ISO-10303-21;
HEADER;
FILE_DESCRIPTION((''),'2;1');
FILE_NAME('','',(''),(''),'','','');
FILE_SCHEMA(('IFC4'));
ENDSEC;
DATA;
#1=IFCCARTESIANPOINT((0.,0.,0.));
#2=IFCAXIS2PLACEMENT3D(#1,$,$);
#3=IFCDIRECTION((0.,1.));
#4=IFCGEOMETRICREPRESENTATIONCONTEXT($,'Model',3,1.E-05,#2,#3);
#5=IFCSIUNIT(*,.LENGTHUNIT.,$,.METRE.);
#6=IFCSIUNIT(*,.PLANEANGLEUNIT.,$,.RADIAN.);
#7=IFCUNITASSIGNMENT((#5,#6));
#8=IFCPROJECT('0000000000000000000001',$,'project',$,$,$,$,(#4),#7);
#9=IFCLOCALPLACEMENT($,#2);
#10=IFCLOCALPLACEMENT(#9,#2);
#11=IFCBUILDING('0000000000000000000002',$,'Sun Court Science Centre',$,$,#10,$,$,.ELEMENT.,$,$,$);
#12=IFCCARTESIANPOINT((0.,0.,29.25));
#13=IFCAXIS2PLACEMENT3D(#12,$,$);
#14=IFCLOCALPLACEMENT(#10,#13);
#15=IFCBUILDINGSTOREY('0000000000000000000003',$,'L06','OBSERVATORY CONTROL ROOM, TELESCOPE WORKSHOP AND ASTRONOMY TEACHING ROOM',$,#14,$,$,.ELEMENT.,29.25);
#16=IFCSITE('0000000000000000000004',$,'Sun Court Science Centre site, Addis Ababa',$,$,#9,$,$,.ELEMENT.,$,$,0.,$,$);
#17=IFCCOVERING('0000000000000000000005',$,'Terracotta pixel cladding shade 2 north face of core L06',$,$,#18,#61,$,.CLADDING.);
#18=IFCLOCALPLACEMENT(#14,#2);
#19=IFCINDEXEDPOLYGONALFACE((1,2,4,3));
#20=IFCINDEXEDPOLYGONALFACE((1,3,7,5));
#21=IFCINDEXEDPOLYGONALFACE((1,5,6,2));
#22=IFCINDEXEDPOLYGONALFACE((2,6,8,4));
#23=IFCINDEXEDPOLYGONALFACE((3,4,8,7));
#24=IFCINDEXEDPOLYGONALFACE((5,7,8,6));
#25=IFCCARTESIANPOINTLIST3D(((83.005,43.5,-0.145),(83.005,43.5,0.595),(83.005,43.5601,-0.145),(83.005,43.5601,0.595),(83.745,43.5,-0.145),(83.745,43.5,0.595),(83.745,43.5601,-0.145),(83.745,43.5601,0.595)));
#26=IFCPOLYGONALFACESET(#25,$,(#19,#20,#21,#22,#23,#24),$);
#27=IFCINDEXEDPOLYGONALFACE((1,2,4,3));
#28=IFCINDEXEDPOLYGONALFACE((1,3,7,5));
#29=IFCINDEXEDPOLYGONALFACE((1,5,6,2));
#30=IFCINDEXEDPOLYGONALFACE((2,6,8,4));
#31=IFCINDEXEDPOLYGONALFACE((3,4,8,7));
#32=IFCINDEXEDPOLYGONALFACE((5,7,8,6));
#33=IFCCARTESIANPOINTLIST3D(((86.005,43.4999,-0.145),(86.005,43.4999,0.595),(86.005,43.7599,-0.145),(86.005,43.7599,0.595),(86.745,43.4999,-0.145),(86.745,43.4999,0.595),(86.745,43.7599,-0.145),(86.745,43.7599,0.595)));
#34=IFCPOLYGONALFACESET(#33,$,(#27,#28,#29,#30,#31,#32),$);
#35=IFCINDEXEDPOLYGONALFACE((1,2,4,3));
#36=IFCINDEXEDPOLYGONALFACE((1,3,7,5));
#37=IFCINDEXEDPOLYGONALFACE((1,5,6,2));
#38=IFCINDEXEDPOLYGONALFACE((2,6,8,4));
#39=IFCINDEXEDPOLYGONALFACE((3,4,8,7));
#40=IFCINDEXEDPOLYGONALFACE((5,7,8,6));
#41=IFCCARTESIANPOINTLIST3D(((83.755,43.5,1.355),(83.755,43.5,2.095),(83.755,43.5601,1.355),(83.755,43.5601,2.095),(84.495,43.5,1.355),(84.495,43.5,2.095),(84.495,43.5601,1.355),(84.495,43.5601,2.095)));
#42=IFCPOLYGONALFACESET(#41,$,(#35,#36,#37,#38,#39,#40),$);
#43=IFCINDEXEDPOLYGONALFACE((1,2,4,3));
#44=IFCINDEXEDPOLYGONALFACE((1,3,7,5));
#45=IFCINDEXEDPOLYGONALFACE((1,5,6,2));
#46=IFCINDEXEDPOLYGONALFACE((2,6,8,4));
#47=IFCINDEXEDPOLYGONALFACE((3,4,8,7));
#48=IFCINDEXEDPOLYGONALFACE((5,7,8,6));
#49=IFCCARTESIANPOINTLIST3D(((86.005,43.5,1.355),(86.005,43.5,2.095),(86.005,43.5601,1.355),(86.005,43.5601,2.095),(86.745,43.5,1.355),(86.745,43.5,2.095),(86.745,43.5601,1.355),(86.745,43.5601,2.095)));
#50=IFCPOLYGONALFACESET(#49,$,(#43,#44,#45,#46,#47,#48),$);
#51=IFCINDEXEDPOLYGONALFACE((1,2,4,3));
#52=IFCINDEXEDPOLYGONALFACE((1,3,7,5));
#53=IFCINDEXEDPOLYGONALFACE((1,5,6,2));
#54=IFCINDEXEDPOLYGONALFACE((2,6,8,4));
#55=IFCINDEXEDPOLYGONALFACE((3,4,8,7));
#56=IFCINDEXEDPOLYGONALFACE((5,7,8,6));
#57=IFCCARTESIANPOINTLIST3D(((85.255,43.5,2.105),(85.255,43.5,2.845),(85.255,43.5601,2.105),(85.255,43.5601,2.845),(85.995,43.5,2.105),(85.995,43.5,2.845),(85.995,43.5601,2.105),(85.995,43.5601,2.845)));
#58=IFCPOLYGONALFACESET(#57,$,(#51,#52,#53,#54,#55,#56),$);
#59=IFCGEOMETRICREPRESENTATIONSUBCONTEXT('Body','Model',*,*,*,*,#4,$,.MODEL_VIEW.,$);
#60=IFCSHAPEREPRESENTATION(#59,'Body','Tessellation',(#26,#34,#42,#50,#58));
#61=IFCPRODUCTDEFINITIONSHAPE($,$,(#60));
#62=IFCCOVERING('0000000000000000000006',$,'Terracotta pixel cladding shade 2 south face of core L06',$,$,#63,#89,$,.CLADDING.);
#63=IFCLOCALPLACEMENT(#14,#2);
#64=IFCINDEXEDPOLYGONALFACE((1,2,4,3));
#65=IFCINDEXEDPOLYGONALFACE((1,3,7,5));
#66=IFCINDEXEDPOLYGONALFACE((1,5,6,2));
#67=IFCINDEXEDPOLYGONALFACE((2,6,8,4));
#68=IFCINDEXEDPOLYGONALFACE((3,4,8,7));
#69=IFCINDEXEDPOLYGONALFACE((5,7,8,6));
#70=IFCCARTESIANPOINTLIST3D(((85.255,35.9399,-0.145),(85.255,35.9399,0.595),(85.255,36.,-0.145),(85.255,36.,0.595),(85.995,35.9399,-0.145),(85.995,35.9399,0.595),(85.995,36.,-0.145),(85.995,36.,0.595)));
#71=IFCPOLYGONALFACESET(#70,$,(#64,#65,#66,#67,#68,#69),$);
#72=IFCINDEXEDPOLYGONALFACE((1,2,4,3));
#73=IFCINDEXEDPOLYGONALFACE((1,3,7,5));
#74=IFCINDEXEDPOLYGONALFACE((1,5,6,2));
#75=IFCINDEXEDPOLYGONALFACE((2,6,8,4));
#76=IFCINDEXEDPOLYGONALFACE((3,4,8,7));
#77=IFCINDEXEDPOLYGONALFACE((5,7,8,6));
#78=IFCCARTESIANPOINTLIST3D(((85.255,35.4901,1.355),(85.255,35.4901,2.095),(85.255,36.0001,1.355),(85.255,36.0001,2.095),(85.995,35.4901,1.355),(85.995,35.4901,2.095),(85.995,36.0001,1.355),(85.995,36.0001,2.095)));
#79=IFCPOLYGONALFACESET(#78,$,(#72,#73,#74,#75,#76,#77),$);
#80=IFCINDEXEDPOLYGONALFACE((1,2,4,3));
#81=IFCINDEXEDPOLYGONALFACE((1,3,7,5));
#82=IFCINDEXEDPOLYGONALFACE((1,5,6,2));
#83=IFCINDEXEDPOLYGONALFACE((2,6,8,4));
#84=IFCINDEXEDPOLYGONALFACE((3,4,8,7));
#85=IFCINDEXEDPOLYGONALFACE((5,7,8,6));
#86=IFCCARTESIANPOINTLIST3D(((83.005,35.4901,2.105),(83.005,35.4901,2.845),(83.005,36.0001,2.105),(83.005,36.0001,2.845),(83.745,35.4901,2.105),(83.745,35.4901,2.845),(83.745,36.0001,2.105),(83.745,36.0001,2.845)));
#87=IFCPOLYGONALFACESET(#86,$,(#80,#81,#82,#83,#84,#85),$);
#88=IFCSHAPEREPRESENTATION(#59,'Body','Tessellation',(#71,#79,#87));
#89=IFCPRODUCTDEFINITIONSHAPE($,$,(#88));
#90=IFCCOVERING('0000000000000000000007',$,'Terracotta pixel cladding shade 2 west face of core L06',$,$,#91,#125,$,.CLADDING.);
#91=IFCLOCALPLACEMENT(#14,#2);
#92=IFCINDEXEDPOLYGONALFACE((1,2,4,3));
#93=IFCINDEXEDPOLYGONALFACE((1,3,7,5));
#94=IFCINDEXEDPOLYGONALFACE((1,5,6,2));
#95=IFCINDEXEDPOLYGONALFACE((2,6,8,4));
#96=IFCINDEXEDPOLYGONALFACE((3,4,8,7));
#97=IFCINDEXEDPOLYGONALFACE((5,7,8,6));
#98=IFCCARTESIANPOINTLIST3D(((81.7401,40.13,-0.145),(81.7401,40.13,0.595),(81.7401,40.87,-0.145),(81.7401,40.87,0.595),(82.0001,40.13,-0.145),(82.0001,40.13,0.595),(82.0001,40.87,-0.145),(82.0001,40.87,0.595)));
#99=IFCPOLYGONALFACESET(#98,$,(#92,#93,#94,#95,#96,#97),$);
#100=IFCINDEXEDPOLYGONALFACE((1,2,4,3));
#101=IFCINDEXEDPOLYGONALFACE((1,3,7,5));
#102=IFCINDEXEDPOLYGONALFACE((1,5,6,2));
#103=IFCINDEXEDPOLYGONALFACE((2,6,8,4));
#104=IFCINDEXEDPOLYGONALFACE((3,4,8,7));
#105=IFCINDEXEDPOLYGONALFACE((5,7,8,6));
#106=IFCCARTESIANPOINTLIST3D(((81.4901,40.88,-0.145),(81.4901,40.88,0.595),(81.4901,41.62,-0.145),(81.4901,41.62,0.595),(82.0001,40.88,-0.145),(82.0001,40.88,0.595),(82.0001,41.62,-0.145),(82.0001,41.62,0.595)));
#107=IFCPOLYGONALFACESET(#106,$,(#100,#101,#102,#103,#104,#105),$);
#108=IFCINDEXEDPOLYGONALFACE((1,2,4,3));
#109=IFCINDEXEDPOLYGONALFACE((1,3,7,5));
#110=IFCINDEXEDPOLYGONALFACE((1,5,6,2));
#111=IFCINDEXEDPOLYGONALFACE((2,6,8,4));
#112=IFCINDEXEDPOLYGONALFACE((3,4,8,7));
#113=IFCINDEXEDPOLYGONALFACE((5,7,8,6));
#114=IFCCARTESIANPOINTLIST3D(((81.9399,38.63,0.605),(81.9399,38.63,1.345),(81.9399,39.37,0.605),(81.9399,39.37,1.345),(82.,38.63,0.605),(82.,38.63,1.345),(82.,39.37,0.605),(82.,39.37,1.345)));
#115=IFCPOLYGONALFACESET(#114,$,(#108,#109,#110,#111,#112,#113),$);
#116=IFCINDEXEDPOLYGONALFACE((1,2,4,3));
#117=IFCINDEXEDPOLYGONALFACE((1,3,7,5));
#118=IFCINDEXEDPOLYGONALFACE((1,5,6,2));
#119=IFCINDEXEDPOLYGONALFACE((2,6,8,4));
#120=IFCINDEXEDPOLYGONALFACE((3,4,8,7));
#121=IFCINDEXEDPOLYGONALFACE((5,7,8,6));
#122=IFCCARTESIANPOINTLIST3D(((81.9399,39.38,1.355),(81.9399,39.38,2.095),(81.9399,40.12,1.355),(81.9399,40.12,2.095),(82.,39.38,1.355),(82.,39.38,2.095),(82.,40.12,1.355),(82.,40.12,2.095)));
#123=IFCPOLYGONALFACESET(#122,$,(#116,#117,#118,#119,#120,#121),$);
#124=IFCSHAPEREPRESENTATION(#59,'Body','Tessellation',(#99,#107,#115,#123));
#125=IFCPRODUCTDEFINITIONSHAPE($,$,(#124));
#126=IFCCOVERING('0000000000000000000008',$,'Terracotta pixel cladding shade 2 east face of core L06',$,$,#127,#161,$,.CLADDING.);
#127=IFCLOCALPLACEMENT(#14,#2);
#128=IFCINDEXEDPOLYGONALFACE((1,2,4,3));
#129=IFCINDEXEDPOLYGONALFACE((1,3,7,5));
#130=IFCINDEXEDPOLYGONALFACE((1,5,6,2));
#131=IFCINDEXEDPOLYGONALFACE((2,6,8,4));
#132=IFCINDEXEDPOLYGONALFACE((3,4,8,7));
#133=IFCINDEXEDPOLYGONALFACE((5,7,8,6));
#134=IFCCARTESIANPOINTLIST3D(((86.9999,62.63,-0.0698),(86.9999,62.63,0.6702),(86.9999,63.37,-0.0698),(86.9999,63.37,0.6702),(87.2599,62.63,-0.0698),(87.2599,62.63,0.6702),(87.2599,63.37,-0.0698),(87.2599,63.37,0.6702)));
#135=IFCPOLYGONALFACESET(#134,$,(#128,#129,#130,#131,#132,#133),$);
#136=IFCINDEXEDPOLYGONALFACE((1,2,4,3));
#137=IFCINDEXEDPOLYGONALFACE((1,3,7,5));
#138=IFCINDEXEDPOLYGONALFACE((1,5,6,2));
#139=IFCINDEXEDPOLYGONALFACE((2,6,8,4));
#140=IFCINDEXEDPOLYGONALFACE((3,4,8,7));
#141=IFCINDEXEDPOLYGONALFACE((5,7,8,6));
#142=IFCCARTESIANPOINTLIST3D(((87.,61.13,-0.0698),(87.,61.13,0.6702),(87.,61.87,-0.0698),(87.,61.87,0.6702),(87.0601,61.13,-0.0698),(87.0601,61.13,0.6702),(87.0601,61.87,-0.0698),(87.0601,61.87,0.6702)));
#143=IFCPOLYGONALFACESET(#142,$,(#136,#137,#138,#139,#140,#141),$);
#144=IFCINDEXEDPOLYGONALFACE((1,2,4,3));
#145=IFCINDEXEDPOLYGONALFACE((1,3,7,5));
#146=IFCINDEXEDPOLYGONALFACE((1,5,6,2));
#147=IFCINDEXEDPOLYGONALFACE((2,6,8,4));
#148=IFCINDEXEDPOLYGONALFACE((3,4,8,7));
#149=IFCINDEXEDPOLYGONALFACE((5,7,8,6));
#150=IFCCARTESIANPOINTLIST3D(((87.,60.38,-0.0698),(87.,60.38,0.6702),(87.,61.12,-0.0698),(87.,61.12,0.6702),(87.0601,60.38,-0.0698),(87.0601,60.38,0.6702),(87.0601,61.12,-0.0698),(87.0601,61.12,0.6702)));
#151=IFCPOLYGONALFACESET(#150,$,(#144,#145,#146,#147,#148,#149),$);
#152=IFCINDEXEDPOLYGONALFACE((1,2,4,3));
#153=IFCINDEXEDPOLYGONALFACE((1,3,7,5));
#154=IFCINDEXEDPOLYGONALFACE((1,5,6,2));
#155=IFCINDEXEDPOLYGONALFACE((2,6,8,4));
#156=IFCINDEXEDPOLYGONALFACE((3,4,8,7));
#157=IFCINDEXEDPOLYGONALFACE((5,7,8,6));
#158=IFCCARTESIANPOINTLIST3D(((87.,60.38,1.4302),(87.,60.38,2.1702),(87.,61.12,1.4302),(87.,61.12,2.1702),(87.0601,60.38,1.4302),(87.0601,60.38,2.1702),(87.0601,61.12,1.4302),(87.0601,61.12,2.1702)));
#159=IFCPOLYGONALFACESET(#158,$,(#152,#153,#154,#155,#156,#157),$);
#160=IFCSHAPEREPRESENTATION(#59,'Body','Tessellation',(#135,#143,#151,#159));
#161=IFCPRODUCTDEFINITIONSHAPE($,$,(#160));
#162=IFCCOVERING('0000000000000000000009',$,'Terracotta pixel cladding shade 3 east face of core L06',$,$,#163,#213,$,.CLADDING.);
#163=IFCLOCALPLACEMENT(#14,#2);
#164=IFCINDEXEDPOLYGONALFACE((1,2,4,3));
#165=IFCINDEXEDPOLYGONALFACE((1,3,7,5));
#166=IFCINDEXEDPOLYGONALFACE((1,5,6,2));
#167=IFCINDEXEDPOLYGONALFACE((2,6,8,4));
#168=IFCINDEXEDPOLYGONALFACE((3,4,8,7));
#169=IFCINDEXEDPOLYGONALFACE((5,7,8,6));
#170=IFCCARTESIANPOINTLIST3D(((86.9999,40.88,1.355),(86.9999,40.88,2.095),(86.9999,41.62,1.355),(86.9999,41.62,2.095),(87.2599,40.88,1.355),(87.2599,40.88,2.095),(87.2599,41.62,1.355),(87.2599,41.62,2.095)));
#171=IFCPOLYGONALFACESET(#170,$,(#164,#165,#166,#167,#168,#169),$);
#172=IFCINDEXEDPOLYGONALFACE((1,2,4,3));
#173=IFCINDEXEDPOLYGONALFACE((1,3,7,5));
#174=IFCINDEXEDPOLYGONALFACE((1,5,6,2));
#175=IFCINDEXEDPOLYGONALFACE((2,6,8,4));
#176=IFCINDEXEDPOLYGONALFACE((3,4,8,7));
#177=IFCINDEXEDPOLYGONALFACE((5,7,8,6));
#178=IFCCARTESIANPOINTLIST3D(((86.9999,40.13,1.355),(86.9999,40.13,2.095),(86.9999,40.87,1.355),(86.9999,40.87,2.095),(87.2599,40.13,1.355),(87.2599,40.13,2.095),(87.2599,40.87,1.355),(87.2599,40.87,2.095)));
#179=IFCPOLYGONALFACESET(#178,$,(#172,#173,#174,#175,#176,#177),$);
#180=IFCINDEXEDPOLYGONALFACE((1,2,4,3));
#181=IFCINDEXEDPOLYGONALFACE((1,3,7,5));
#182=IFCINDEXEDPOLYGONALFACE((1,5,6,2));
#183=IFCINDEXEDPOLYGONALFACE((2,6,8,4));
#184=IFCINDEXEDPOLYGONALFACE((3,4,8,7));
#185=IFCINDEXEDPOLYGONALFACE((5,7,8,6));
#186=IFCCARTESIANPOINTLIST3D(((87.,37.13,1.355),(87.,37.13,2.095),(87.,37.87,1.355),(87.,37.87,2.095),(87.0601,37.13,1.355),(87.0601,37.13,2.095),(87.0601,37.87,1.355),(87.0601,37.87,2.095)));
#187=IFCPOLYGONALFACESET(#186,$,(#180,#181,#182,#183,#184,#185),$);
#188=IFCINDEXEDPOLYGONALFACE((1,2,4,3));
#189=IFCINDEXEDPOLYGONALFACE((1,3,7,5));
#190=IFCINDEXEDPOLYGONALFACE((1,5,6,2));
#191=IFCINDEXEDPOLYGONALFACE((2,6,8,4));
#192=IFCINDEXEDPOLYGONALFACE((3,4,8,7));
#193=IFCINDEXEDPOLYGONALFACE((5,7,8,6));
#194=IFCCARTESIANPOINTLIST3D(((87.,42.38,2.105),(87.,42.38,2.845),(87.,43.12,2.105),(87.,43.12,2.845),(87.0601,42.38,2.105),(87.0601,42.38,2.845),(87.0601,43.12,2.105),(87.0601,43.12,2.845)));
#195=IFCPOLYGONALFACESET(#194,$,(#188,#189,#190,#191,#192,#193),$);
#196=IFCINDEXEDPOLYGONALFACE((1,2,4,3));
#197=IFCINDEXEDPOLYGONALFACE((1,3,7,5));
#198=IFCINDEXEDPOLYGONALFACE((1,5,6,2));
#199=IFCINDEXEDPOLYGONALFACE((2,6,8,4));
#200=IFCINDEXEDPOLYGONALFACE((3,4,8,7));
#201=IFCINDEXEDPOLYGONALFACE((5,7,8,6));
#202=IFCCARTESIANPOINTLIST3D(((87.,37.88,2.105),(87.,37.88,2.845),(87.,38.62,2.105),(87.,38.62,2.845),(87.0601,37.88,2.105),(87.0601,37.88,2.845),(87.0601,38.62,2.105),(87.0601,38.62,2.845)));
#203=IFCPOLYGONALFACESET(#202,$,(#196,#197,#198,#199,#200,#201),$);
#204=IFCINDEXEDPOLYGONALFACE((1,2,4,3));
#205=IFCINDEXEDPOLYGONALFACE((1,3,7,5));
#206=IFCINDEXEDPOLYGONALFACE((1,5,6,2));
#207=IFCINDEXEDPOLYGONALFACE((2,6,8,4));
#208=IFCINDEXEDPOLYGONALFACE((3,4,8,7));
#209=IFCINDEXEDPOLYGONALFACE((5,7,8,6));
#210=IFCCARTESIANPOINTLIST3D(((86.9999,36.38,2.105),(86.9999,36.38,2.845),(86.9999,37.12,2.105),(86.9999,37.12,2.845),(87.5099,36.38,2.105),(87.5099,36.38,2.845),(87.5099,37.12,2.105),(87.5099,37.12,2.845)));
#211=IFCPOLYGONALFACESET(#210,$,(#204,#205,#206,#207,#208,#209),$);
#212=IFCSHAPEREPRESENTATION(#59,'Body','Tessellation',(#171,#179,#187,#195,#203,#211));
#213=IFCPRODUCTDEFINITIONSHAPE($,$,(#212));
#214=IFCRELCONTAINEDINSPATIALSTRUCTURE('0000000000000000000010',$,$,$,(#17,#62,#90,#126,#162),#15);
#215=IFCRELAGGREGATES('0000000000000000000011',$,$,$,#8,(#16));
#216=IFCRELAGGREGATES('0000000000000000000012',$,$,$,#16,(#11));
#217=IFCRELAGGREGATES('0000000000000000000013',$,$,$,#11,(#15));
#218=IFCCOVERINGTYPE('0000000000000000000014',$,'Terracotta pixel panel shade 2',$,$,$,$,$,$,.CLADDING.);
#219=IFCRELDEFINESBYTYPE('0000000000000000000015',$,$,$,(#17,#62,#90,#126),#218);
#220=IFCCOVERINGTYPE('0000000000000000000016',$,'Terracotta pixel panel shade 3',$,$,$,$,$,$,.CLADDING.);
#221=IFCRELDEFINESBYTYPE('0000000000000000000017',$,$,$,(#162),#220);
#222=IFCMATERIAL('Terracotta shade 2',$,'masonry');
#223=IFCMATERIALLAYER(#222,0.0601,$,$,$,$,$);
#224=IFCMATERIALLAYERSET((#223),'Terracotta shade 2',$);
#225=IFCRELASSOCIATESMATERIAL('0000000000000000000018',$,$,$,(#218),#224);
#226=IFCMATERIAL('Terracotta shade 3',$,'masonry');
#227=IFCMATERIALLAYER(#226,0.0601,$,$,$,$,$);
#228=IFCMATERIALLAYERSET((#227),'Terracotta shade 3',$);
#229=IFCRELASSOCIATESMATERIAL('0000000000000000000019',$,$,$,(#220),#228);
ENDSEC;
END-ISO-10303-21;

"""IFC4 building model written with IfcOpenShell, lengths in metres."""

from ifc_helpers import new_model, si_unit, direction, frame, origin, origin_2d, place, context, subcontext, project, spatial, rectangle, extrude, material, layer, layer_set, type_object, element, save


model = new_model("IFC4")

# Units and contexts
model_context = context("Model", 3, precision=1e-05, world=origin(), true_north=direction((0.0, 1.0)))
body_context = subcontext(model_context, "Body", "Model", "MODEL_VIEW")
ifc_project = project(units=[si_unit("LENGTHUNIT", "METRE"), si_unit("PLANEANGLEUNIT", "RADIAN")], contexts=[model_context])

# Site, building, storey
site_placement = place(None, origin())
site = spatial("IfcSite", under=ifc_project, at=site_placement, Name="Sun Court Science Centre site, Addis Ababa", CompositionType="ELEMENT", RefElevation=0.0)
building_placement = place(site_placement, origin())
building = spatial("IfcBuilding", under=site, at=building_placement, Name="Sun Court Science Centre", CompositionType="ELEMENT")
storey_placement = place(building_placement, frame((0.0, 0.0, 29.25)))
storey = spatial("IfcBuildingStorey", under=building, at=storey_placement, Name="L06", Description="OBSERVATORY CONTROL ROOM, TELESCOPE WORKSHOP AND ASTRONOMY TEACHING ROOM", CompositionType="ELEMENT", Elevation=29.25)

# Coverings
ifc_material_1 = material(Name="Terracotta shade 2", Category="masonry")
ifc_layer_1 = layer(ifc_material_1, 0.0601)
ifc_layer_set_1 = layer_set([ifc_layer_1], Name="Terracotta shade 2")
covering_type_1 = type_object("IfcCoveringType", Name="Terracotta pixel panel shade 2", PredefinedType="CLADDING", material=ifc_layer_set_1)
covering_1_placement = place(storey_placement, frame((0.0, 0.0, -29.25)))
element("IfcCovering", 1, at=covering_1_placement, inside=storey, type_object=covering_type_1, Name="Terracotta pixel cladding shade 2 north face of core L06", PredefinedType="CLADDING", context=body_context, shape_type="SweptSolid", body=[
    extrude(rectangle(XDim=0.74, YDim=0.0601, at=origin_2d()), frame((83.375, 43.53, 29.105), z_axis=(0.0, 0.0, 1.0), x_axis=(1.0, 0.0, 0.0)), (0.0, 0.0, 1.0), 0.74),
    extrude(rectangle(XDim=0.74, YDim=0.26, at=origin_2d()), frame((86.375, 43.6299, 29.105), z_axis=(0.0, 0.0, 1.0), x_axis=(1.0, 0.0, 0.0)), (0.0, 0.0, 1.0), 0.74),
    extrude(rectangle(XDim=0.74, YDim=0.0601, at=origin_2d()), frame((84.125, 43.53, 30.605), z_axis=(0.0, 0.0, 1.0), x_axis=(1.0, 0.0, 0.0)), (0.0, 0.0, 1.0), 0.74),
    extrude(rectangle(XDim=0.74, YDim=0.0601, at=origin_2d()), frame((86.375, 43.53, 30.605), z_axis=(0.0, 0.0, 1.0), x_axis=(1.0, 0.0, 0.0)), (0.0, 0.0, 1.0), 0.74),
    extrude(rectangle(XDim=0.74, YDim=0.0601, at=origin_2d()), frame((85.625, 43.53, 31.355), z_axis=(0.0, 0.0, 1.0), x_axis=(1.0, 0.0, 0.0)), (0.0, 0.0, 1.0), 0.74),
])
covering_2_placement = place(storey_placement, frame((0.0, 0.0, -29.25)))
element("IfcCovering", 2, at=covering_2_placement, inside=storey, type_object=covering_type_1, Name="Terracotta pixel cladding shade 2 south face of core L06", PredefinedType="CLADDING", context=body_context, shape_type="SweptSolid", body=[
    extrude(rectangle(XDim=0.74, YDim=0.0601, at=origin_2d()), frame((85.625, 35.97, 29.105), z_axis=(0.0, 0.0, 1.0), x_axis=(-1.0, 0.0, 0.0)), (0.0, 0.0, 1.0), 0.74),
    extrude(rectangle(XDim=0.74, YDim=0.51, at=origin_2d()), frame((85.625, 35.7451, 30.605), z_axis=(0.0, 0.0, 1.0), x_axis=(-1.0, 0.0, 0.0)), (0.0, 0.0, 1.0), 0.74),
    extrude(rectangle(XDim=0.74, YDim=0.51, at=origin_2d()), frame((83.375, 35.7451, 31.355), z_axis=(0.0, 0.0, 1.0), x_axis=(-1.0, 0.0, 0.0)), (0.0, 0.0, 1.0), 0.74),
])
covering_3_placement = place(storey_placement, frame((0.0, 0.0, -29.25)))
element("IfcCovering", 3, at=covering_3_placement, inside=storey, type_object=covering_type_1, Name="Terracotta pixel cladding shade 2 west face of core L06", PredefinedType="CLADDING", context=body_context, shape_type="SweptSolid", body=[
    extrude(rectangle(XDim=0.74, YDim=0.26, at=origin_2d()), frame((81.8701, 40.5, 29.105), z_axis=(0.0, 0.0, 1.0), x_axis=(0.0, 1.0, 0.0)), (0.0, 0.0, 1.0), 0.74),
    extrude(rectangle(XDim=0.74, YDim=0.51, at=origin_2d()), frame((81.7451, 41.25, 29.105), z_axis=(0.0, 0.0, 1.0), x_axis=(0.0, 1.0, 0.0)), (0.0, 0.0, 1.0), 0.74),
    extrude(rectangle(XDim=0.74, YDim=0.0601, at=origin_2d()), frame((81.97, 39.0, 29.855), z_axis=(0.0, 0.0, 1.0), x_axis=(0.0, 1.0, 0.0)), (0.0, 0.0, 1.0), 0.74),
    extrude(rectangle(XDim=0.74, YDim=0.0601, at=origin_2d()), frame((81.97, 39.75, 30.605), z_axis=(0.0, 0.0, 1.0), x_axis=(0.0, 1.0, 0.0)), (0.0, 0.0, 1.0), 0.74),
])
covering_4_placement = place(storey_placement, frame((0.0, 0.0, -29.25)))
element("IfcCovering", 4, at=covering_4_placement, inside=storey, type_object=covering_type_1, Name="Terracotta pixel cladding shade 2 east face of core L06", PredefinedType="CLADDING", context=body_context, shape_type="SweptSolid", body=[
    extrude(rectangle(XDim=0.74, YDim=0.26, at=origin_2d()), frame((87.1299, 63.0, 29.1802), z_axis=(0.0, 0.0, 1.0), x_axis=(0.0, -1.0, 0.0)), (0.0, 0.0, 1.0), 0.74),
    extrude(rectangle(XDim=0.74, YDim=0.0601, at=origin_2d()), frame((87.03, 61.5, 29.1802), z_axis=(0.0, 0.0, 1.0), x_axis=(0.0, -1.0, 0.0)), (0.0, 0.0, 1.0), 0.74),
    extrude(rectangle(XDim=0.74, YDim=0.0601, at=origin_2d()), frame((87.03, 60.75, 29.1802), z_axis=(0.0, 0.0, 1.0), x_axis=(0.0, -1.0, 0.0)), (0.0, 0.0, 1.0), 0.74),
    extrude(rectangle(XDim=0.74, YDim=0.0601, at=origin_2d()), frame((87.03, 60.75, 30.6802), z_axis=(0.0, 0.0, 1.0), x_axis=(0.0, -1.0, 0.0)), (0.0, 0.0, 1.0), 0.74),
])
ifc_material_2 = material(Name="Terracotta shade 3", Category="masonry")
ifc_layer_2 = layer(ifc_material_2, 0.0601)
ifc_layer_set_2 = layer_set([ifc_layer_2], Name="Terracotta shade 3")
covering_type_2 = type_object("IfcCoveringType", Name="Terracotta pixel panel shade 3", PredefinedType="CLADDING", material=ifc_layer_set_2)
covering_5_placement = place(storey_placement, frame((0.0, 0.0, -29.25)))
element("IfcCovering", 5, at=covering_5_placement, inside=storey, type_object=covering_type_2, Name="Terracotta pixel cladding shade 3 east face of core L06", PredefinedType="CLADDING", context=body_context, shape_type="SweptSolid", body=[
    extrude(rectangle(XDim=0.74, YDim=0.26, at=origin_2d()), frame((87.1299, 41.25, 30.605), z_axis=(0.0, 0.0, 1.0), x_axis=(0.0, -1.0, 0.0)), (0.0, 0.0, 1.0), 0.74),
    extrude(rectangle(XDim=0.74, YDim=0.26, at=origin_2d()), frame((87.1299, 40.5, 30.605), z_axis=(0.0, 0.0, 1.0), x_axis=(0.0, -1.0, 0.0)), (0.0, 0.0, 1.0), 0.74),
    extrude(rectangle(XDim=0.74, YDim=0.0601, at=origin_2d()), frame((87.03, 37.5, 30.605), z_axis=(0.0, 0.0, 1.0), x_axis=(0.0, -1.0, 0.0)), (0.0, 0.0, 1.0), 0.74),
    extrude(rectangle(XDim=0.74, YDim=0.0601, at=origin_2d()), frame((87.03, 42.75, 31.355), z_axis=(0.0, 0.0, 1.0), x_axis=(0.0, -1.0, 0.0)), (0.0, 0.0, 1.0), 0.74),
    extrude(rectangle(XDim=0.74, YDim=0.0601, at=origin_2d()), frame((87.03, 38.25, 31.355), z_axis=(0.0, 0.0, 1.0), x_axis=(0.0, -1.0, 0.0)), (0.0, 0.0, 1.0), 0.74),
    extrude(rectangle(XDim=0.74, YDim=0.51, at=origin_2d()), frame((87.2549, 36.75, 31.355), z_axis=(0.0, 0.0, 1.0), x_axis=(0.0, -1.0, 0.0)), (0.0, 0.0, 1.0), 0.74),
])

save(model, "model.ifc")
